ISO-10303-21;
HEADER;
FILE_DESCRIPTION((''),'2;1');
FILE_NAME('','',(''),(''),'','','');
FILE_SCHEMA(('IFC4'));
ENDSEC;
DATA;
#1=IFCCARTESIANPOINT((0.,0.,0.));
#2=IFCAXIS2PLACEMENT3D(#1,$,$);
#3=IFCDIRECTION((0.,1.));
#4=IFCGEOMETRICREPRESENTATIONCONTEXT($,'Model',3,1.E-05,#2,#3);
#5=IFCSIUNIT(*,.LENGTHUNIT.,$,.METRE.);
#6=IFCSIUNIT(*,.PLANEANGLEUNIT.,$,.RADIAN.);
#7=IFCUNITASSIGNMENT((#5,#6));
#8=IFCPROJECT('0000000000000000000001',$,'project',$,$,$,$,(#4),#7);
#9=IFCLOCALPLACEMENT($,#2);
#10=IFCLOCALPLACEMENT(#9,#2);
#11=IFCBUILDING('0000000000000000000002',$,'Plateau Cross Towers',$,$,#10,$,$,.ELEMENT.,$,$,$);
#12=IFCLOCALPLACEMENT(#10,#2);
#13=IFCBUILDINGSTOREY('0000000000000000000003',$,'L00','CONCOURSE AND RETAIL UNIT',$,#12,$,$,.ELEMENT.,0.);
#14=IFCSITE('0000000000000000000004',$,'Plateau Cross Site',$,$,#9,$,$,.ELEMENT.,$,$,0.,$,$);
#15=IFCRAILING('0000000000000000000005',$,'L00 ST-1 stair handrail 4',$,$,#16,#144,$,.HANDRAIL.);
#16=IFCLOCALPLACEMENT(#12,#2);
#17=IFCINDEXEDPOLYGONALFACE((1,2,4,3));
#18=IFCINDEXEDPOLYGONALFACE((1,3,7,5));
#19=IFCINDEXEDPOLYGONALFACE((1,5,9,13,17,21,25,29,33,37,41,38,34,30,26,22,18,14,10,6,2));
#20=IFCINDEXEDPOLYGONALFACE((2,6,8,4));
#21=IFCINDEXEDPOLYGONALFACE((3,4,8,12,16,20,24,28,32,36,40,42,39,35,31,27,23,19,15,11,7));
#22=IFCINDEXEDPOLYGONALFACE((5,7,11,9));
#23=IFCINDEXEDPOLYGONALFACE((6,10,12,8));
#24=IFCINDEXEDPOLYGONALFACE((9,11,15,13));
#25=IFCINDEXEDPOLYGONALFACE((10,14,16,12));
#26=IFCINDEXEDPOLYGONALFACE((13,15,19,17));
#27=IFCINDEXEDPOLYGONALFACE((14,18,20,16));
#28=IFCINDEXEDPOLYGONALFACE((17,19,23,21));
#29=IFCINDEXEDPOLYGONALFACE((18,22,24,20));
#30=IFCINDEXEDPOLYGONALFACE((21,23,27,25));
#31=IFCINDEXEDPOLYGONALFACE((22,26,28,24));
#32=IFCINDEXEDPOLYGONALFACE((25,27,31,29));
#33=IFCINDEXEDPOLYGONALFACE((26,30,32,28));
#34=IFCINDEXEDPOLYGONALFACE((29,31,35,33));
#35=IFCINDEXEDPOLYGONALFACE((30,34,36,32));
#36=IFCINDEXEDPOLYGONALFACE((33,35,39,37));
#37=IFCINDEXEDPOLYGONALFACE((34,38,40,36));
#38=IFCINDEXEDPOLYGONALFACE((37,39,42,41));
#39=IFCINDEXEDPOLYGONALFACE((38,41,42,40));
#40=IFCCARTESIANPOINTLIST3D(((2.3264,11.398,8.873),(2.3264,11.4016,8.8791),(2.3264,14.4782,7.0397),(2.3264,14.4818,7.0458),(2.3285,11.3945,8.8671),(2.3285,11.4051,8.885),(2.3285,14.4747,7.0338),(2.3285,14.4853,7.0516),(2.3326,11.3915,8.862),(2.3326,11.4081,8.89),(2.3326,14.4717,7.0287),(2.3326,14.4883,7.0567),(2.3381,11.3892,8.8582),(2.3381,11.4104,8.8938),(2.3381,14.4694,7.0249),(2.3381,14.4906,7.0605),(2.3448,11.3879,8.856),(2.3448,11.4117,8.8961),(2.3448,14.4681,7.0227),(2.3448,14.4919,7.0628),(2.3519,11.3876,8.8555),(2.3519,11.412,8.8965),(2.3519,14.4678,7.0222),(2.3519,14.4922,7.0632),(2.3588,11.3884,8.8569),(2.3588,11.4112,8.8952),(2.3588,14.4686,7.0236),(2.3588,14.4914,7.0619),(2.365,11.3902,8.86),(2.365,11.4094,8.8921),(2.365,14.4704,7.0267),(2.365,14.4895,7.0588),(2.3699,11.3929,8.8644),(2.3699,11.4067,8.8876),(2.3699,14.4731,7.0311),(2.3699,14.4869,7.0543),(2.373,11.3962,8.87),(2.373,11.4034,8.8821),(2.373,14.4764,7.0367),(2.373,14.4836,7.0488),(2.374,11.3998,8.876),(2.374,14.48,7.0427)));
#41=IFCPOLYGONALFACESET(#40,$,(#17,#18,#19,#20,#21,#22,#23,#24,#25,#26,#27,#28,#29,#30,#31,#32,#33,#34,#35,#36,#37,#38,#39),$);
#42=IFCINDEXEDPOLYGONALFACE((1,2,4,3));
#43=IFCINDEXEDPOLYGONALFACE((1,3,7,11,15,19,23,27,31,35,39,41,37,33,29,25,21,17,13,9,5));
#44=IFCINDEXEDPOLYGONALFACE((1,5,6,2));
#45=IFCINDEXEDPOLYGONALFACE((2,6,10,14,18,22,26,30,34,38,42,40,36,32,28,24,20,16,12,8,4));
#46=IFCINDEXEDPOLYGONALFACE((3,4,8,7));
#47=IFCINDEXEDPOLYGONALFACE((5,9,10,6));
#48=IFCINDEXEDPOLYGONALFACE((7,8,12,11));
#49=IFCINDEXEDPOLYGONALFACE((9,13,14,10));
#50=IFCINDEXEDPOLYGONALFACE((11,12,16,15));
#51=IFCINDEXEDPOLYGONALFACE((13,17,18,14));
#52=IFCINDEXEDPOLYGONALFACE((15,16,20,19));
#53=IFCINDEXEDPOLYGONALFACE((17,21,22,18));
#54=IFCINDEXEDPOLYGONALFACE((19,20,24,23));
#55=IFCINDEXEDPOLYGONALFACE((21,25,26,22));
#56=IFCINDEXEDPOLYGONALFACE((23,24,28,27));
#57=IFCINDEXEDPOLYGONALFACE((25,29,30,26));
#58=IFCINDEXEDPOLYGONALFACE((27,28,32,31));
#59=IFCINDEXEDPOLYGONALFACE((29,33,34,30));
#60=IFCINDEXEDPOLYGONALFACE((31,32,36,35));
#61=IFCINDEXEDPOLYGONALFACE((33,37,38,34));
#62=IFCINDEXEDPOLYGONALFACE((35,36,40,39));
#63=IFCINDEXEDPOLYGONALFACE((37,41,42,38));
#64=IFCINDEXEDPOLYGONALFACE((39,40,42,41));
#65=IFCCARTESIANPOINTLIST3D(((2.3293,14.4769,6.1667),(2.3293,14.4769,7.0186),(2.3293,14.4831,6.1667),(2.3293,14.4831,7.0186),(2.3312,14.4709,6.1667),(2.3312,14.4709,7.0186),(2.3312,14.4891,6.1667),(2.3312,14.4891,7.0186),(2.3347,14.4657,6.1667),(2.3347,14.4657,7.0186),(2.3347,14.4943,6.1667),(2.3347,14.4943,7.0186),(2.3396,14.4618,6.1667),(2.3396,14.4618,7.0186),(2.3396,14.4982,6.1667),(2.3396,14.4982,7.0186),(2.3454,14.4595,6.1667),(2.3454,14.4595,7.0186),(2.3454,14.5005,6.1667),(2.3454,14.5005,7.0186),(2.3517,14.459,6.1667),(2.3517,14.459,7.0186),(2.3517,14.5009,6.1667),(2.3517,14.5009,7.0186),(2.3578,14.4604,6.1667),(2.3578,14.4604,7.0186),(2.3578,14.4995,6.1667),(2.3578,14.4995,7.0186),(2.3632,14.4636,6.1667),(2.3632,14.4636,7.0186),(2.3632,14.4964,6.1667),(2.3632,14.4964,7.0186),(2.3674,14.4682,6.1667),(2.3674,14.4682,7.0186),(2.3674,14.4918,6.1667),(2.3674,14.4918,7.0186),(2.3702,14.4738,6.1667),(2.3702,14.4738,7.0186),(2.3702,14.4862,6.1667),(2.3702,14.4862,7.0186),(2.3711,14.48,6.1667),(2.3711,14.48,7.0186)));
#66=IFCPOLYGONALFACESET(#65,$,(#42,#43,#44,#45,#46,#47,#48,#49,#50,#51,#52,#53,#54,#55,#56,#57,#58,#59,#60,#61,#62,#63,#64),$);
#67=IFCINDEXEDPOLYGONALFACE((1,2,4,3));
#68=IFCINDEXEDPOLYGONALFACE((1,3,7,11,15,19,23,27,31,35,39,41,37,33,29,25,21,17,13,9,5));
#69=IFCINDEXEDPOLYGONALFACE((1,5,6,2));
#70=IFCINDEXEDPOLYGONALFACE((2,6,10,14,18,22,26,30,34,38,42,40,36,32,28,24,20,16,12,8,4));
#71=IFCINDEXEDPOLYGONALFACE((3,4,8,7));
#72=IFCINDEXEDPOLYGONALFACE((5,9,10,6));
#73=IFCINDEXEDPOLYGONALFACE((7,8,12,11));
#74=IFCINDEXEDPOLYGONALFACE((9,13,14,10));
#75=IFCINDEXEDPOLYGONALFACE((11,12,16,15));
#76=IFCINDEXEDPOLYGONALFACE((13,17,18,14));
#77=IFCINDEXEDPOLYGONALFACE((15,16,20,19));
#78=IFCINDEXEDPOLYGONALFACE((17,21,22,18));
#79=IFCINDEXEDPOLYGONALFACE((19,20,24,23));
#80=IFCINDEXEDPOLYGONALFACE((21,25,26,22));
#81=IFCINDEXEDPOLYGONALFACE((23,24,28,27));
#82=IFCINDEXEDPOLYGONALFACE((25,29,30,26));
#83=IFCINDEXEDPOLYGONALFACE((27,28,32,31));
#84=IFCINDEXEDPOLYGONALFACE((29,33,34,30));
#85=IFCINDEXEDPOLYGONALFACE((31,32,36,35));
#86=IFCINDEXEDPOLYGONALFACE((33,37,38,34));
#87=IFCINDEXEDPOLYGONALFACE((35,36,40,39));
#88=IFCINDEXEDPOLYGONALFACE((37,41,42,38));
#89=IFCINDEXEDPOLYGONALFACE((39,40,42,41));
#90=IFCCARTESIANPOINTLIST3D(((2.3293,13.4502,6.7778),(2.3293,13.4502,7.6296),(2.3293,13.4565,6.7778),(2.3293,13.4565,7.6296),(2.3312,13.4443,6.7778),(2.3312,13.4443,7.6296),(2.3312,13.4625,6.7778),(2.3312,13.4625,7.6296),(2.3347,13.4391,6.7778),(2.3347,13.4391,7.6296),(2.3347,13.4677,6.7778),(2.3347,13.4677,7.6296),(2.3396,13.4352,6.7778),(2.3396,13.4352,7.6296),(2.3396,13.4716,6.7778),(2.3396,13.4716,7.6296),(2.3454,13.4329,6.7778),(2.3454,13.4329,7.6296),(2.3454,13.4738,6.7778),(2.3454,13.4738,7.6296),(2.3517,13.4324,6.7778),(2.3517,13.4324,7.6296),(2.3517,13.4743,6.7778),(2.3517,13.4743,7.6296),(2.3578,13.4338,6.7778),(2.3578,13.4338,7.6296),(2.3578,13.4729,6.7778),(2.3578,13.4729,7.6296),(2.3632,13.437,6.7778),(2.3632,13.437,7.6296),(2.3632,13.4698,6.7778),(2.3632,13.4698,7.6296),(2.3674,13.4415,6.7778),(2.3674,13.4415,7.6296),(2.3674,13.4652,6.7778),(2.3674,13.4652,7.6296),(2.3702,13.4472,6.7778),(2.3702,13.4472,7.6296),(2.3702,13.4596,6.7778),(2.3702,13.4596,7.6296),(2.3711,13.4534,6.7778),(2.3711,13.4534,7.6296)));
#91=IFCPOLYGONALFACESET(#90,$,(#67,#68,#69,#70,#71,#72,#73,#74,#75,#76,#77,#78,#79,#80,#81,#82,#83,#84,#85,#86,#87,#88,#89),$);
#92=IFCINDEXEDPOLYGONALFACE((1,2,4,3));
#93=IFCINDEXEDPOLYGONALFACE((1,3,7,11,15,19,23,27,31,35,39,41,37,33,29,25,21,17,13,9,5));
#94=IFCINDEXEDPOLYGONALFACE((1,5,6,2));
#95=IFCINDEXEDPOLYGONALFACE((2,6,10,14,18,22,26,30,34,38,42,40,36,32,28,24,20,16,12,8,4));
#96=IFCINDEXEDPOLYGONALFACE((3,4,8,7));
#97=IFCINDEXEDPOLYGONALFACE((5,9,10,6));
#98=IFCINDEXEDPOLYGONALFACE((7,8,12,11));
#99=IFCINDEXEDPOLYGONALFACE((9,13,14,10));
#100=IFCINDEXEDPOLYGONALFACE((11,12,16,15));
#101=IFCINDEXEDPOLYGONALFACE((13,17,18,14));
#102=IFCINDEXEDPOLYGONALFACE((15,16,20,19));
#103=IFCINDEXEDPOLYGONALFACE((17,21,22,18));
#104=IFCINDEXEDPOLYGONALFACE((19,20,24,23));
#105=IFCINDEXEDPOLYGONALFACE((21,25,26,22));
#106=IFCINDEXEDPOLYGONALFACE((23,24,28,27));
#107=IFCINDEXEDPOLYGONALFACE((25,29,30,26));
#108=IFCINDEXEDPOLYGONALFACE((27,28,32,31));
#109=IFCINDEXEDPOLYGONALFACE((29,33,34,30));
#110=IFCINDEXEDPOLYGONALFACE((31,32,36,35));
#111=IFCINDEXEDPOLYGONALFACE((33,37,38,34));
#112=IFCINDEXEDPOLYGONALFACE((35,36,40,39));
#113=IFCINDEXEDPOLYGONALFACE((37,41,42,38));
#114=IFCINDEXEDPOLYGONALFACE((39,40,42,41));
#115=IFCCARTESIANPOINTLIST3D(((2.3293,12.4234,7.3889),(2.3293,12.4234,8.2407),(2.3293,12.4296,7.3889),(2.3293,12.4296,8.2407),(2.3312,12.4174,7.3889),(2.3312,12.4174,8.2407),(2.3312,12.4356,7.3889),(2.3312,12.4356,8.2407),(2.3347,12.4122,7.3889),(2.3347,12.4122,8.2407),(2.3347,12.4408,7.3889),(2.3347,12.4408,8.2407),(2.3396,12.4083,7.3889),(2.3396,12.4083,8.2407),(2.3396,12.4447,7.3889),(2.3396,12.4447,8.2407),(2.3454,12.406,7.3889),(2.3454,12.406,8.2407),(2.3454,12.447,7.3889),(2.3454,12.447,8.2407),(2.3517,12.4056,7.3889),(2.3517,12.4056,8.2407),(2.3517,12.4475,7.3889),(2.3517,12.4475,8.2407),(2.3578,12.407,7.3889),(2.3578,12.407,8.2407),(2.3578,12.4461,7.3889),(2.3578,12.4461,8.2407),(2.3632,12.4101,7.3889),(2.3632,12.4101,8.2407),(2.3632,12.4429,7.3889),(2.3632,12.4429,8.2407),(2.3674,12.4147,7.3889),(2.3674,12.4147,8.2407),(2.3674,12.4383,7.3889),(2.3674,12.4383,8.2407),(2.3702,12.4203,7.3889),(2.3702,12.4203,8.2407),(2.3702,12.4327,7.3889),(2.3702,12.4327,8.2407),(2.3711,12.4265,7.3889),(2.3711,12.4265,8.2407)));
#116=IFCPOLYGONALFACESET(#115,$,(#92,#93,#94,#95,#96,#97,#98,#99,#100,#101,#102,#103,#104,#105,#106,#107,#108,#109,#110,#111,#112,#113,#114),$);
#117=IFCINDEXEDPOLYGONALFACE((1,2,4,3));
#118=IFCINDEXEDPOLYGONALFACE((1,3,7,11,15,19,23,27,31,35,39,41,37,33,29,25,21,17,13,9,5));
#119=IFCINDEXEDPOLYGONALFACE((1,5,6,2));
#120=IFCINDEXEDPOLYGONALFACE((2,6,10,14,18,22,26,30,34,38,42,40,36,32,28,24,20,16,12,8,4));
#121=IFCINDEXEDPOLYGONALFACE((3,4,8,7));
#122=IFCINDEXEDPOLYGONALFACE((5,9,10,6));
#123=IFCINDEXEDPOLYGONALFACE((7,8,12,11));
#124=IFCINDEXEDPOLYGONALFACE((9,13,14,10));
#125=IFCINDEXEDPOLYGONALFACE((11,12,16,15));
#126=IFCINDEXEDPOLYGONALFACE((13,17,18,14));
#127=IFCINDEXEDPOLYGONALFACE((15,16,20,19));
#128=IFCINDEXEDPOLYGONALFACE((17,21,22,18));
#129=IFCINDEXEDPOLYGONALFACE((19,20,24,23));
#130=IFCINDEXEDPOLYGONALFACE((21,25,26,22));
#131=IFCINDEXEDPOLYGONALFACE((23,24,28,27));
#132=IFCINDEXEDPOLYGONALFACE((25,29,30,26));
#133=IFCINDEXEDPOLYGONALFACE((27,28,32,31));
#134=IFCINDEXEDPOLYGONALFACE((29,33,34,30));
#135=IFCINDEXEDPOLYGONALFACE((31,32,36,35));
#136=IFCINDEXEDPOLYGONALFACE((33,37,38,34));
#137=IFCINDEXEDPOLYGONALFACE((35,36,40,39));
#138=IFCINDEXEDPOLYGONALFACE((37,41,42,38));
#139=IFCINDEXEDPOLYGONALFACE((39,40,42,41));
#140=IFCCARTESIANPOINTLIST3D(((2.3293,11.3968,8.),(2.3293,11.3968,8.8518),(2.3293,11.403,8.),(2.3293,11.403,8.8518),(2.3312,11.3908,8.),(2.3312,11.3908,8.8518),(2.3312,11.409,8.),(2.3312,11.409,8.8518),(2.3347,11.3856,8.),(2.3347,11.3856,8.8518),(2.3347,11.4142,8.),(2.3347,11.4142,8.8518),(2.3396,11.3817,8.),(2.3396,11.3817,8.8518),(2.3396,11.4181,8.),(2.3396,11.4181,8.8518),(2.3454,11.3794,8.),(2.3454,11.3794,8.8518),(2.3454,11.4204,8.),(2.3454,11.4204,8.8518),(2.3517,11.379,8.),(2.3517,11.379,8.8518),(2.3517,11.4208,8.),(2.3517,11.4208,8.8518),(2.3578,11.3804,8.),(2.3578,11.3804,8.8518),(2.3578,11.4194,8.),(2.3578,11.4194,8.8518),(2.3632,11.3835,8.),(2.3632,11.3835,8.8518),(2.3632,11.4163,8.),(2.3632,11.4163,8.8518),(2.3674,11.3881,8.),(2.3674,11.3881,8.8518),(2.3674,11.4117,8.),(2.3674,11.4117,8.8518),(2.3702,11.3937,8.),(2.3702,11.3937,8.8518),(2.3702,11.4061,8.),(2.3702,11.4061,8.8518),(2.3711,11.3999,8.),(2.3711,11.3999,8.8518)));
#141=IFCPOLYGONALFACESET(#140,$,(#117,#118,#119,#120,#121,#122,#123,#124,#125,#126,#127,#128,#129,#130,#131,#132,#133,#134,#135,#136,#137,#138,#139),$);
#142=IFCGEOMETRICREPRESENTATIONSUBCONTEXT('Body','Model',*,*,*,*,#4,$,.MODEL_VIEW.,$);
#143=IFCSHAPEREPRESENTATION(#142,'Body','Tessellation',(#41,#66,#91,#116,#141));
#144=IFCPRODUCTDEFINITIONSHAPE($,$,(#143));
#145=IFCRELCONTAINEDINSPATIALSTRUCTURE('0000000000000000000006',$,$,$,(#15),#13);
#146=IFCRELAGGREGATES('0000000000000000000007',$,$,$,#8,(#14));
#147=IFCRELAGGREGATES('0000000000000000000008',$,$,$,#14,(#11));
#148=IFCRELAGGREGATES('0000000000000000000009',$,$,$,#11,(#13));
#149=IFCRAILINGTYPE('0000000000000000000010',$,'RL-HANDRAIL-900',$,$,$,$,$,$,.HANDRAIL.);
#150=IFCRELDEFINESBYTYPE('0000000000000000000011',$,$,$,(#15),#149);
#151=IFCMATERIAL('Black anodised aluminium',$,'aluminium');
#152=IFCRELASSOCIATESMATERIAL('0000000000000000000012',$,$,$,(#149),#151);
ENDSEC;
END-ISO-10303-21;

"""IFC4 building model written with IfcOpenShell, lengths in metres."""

from ifc_helpers import new_model, si_unit, direction, frame, origin, origin_2d, place, context, subcontext, project, spatial, circle, extrude, material, type_object, element, save


model = new_model("IFC4")

# Units and contexts
model_context = context("Model", 3, precision=1e-05, world=origin(), true_north=direction((0.0, 1.0)))
body_context = subcontext(model_context, "Body", "Model", "MODEL_VIEW")
ifc_project = project(units=[si_unit("LENGTHUNIT", "METRE"), si_unit("PLANEANGLEUNIT", "RADIAN")], contexts=[model_context])

# Site, building, storey
site_placement = place(None, origin())
site = spatial("IfcSite", under=ifc_project, at=site_placement, Name="Plateau Cross Site", CompositionType="ELEMENT", RefElevation=0.0)
building_placement = place(site_placement, origin())
building = spatial("IfcBuilding", under=site, at=building_placement, Name="Plateau Cross Towers", CompositionType="ELEMENT")
storey_placement = place(building_placement, origin())
storey = spatial("IfcBuildingStorey", under=building, at=storey_placement, Name="L00", Description="CONCOURSE AND RETAIL UNIT", CompositionType="ELEMENT", Elevation=0.0)

# Shared definitions
ifc_material_1 = material(Name="Black anodised aluminium", Category="aluminium")

# Railing
railing_type_1 = type_object("IfcRailingType", Name="RL-HANDRAIL-900", PredefinedType="HANDRAIL", material=ifc_material_1)
railing_1_placement = place(storey_placement, frame((2.3501, 14.48, 6.1667)))
element("IfcRailing", 1, at=railing_1_placement, inside=storey, type_object=railing_type_1, Name="L00 ST-1 stair handrail 4", PredefinedType="HANDRAIL", context=body_context, shape_type="SweptSolid", body=[
    extrude(circle(Radius=0.0239, at=origin_2d()), frame((0.0, 0.0, 0.876), z_axis=(0.0, -0.859309, 0.511458), x_axis=(1.0, 0.0, 0.0)), (0.0, 0.0, 1.0), 3.5845),
    extrude(circle(Radius=0.021, at=origin_2d()), origin(), (0.0, 0.0, 1.0), 0.8518),
    extrude(circle(Radius=0.021, at=origin_2d()), frame((0.0, -1.0266, 0.6111)), (0.0, 0.0, 1.0), 0.8518),
    extrude(circle(Radius=0.021, at=origin_2d()), frame((0.0, -2.0535, 1.2222)), (0.0, 0.0, 1.0), 0.8518),
    extrude(circle(Radius=0.021, at=origin_2d()), frame((0.0, -3.0801, 1.8333)), (0.0, 0.0, 1.0), 0.8518),
])

save(model, "model.ifc")
